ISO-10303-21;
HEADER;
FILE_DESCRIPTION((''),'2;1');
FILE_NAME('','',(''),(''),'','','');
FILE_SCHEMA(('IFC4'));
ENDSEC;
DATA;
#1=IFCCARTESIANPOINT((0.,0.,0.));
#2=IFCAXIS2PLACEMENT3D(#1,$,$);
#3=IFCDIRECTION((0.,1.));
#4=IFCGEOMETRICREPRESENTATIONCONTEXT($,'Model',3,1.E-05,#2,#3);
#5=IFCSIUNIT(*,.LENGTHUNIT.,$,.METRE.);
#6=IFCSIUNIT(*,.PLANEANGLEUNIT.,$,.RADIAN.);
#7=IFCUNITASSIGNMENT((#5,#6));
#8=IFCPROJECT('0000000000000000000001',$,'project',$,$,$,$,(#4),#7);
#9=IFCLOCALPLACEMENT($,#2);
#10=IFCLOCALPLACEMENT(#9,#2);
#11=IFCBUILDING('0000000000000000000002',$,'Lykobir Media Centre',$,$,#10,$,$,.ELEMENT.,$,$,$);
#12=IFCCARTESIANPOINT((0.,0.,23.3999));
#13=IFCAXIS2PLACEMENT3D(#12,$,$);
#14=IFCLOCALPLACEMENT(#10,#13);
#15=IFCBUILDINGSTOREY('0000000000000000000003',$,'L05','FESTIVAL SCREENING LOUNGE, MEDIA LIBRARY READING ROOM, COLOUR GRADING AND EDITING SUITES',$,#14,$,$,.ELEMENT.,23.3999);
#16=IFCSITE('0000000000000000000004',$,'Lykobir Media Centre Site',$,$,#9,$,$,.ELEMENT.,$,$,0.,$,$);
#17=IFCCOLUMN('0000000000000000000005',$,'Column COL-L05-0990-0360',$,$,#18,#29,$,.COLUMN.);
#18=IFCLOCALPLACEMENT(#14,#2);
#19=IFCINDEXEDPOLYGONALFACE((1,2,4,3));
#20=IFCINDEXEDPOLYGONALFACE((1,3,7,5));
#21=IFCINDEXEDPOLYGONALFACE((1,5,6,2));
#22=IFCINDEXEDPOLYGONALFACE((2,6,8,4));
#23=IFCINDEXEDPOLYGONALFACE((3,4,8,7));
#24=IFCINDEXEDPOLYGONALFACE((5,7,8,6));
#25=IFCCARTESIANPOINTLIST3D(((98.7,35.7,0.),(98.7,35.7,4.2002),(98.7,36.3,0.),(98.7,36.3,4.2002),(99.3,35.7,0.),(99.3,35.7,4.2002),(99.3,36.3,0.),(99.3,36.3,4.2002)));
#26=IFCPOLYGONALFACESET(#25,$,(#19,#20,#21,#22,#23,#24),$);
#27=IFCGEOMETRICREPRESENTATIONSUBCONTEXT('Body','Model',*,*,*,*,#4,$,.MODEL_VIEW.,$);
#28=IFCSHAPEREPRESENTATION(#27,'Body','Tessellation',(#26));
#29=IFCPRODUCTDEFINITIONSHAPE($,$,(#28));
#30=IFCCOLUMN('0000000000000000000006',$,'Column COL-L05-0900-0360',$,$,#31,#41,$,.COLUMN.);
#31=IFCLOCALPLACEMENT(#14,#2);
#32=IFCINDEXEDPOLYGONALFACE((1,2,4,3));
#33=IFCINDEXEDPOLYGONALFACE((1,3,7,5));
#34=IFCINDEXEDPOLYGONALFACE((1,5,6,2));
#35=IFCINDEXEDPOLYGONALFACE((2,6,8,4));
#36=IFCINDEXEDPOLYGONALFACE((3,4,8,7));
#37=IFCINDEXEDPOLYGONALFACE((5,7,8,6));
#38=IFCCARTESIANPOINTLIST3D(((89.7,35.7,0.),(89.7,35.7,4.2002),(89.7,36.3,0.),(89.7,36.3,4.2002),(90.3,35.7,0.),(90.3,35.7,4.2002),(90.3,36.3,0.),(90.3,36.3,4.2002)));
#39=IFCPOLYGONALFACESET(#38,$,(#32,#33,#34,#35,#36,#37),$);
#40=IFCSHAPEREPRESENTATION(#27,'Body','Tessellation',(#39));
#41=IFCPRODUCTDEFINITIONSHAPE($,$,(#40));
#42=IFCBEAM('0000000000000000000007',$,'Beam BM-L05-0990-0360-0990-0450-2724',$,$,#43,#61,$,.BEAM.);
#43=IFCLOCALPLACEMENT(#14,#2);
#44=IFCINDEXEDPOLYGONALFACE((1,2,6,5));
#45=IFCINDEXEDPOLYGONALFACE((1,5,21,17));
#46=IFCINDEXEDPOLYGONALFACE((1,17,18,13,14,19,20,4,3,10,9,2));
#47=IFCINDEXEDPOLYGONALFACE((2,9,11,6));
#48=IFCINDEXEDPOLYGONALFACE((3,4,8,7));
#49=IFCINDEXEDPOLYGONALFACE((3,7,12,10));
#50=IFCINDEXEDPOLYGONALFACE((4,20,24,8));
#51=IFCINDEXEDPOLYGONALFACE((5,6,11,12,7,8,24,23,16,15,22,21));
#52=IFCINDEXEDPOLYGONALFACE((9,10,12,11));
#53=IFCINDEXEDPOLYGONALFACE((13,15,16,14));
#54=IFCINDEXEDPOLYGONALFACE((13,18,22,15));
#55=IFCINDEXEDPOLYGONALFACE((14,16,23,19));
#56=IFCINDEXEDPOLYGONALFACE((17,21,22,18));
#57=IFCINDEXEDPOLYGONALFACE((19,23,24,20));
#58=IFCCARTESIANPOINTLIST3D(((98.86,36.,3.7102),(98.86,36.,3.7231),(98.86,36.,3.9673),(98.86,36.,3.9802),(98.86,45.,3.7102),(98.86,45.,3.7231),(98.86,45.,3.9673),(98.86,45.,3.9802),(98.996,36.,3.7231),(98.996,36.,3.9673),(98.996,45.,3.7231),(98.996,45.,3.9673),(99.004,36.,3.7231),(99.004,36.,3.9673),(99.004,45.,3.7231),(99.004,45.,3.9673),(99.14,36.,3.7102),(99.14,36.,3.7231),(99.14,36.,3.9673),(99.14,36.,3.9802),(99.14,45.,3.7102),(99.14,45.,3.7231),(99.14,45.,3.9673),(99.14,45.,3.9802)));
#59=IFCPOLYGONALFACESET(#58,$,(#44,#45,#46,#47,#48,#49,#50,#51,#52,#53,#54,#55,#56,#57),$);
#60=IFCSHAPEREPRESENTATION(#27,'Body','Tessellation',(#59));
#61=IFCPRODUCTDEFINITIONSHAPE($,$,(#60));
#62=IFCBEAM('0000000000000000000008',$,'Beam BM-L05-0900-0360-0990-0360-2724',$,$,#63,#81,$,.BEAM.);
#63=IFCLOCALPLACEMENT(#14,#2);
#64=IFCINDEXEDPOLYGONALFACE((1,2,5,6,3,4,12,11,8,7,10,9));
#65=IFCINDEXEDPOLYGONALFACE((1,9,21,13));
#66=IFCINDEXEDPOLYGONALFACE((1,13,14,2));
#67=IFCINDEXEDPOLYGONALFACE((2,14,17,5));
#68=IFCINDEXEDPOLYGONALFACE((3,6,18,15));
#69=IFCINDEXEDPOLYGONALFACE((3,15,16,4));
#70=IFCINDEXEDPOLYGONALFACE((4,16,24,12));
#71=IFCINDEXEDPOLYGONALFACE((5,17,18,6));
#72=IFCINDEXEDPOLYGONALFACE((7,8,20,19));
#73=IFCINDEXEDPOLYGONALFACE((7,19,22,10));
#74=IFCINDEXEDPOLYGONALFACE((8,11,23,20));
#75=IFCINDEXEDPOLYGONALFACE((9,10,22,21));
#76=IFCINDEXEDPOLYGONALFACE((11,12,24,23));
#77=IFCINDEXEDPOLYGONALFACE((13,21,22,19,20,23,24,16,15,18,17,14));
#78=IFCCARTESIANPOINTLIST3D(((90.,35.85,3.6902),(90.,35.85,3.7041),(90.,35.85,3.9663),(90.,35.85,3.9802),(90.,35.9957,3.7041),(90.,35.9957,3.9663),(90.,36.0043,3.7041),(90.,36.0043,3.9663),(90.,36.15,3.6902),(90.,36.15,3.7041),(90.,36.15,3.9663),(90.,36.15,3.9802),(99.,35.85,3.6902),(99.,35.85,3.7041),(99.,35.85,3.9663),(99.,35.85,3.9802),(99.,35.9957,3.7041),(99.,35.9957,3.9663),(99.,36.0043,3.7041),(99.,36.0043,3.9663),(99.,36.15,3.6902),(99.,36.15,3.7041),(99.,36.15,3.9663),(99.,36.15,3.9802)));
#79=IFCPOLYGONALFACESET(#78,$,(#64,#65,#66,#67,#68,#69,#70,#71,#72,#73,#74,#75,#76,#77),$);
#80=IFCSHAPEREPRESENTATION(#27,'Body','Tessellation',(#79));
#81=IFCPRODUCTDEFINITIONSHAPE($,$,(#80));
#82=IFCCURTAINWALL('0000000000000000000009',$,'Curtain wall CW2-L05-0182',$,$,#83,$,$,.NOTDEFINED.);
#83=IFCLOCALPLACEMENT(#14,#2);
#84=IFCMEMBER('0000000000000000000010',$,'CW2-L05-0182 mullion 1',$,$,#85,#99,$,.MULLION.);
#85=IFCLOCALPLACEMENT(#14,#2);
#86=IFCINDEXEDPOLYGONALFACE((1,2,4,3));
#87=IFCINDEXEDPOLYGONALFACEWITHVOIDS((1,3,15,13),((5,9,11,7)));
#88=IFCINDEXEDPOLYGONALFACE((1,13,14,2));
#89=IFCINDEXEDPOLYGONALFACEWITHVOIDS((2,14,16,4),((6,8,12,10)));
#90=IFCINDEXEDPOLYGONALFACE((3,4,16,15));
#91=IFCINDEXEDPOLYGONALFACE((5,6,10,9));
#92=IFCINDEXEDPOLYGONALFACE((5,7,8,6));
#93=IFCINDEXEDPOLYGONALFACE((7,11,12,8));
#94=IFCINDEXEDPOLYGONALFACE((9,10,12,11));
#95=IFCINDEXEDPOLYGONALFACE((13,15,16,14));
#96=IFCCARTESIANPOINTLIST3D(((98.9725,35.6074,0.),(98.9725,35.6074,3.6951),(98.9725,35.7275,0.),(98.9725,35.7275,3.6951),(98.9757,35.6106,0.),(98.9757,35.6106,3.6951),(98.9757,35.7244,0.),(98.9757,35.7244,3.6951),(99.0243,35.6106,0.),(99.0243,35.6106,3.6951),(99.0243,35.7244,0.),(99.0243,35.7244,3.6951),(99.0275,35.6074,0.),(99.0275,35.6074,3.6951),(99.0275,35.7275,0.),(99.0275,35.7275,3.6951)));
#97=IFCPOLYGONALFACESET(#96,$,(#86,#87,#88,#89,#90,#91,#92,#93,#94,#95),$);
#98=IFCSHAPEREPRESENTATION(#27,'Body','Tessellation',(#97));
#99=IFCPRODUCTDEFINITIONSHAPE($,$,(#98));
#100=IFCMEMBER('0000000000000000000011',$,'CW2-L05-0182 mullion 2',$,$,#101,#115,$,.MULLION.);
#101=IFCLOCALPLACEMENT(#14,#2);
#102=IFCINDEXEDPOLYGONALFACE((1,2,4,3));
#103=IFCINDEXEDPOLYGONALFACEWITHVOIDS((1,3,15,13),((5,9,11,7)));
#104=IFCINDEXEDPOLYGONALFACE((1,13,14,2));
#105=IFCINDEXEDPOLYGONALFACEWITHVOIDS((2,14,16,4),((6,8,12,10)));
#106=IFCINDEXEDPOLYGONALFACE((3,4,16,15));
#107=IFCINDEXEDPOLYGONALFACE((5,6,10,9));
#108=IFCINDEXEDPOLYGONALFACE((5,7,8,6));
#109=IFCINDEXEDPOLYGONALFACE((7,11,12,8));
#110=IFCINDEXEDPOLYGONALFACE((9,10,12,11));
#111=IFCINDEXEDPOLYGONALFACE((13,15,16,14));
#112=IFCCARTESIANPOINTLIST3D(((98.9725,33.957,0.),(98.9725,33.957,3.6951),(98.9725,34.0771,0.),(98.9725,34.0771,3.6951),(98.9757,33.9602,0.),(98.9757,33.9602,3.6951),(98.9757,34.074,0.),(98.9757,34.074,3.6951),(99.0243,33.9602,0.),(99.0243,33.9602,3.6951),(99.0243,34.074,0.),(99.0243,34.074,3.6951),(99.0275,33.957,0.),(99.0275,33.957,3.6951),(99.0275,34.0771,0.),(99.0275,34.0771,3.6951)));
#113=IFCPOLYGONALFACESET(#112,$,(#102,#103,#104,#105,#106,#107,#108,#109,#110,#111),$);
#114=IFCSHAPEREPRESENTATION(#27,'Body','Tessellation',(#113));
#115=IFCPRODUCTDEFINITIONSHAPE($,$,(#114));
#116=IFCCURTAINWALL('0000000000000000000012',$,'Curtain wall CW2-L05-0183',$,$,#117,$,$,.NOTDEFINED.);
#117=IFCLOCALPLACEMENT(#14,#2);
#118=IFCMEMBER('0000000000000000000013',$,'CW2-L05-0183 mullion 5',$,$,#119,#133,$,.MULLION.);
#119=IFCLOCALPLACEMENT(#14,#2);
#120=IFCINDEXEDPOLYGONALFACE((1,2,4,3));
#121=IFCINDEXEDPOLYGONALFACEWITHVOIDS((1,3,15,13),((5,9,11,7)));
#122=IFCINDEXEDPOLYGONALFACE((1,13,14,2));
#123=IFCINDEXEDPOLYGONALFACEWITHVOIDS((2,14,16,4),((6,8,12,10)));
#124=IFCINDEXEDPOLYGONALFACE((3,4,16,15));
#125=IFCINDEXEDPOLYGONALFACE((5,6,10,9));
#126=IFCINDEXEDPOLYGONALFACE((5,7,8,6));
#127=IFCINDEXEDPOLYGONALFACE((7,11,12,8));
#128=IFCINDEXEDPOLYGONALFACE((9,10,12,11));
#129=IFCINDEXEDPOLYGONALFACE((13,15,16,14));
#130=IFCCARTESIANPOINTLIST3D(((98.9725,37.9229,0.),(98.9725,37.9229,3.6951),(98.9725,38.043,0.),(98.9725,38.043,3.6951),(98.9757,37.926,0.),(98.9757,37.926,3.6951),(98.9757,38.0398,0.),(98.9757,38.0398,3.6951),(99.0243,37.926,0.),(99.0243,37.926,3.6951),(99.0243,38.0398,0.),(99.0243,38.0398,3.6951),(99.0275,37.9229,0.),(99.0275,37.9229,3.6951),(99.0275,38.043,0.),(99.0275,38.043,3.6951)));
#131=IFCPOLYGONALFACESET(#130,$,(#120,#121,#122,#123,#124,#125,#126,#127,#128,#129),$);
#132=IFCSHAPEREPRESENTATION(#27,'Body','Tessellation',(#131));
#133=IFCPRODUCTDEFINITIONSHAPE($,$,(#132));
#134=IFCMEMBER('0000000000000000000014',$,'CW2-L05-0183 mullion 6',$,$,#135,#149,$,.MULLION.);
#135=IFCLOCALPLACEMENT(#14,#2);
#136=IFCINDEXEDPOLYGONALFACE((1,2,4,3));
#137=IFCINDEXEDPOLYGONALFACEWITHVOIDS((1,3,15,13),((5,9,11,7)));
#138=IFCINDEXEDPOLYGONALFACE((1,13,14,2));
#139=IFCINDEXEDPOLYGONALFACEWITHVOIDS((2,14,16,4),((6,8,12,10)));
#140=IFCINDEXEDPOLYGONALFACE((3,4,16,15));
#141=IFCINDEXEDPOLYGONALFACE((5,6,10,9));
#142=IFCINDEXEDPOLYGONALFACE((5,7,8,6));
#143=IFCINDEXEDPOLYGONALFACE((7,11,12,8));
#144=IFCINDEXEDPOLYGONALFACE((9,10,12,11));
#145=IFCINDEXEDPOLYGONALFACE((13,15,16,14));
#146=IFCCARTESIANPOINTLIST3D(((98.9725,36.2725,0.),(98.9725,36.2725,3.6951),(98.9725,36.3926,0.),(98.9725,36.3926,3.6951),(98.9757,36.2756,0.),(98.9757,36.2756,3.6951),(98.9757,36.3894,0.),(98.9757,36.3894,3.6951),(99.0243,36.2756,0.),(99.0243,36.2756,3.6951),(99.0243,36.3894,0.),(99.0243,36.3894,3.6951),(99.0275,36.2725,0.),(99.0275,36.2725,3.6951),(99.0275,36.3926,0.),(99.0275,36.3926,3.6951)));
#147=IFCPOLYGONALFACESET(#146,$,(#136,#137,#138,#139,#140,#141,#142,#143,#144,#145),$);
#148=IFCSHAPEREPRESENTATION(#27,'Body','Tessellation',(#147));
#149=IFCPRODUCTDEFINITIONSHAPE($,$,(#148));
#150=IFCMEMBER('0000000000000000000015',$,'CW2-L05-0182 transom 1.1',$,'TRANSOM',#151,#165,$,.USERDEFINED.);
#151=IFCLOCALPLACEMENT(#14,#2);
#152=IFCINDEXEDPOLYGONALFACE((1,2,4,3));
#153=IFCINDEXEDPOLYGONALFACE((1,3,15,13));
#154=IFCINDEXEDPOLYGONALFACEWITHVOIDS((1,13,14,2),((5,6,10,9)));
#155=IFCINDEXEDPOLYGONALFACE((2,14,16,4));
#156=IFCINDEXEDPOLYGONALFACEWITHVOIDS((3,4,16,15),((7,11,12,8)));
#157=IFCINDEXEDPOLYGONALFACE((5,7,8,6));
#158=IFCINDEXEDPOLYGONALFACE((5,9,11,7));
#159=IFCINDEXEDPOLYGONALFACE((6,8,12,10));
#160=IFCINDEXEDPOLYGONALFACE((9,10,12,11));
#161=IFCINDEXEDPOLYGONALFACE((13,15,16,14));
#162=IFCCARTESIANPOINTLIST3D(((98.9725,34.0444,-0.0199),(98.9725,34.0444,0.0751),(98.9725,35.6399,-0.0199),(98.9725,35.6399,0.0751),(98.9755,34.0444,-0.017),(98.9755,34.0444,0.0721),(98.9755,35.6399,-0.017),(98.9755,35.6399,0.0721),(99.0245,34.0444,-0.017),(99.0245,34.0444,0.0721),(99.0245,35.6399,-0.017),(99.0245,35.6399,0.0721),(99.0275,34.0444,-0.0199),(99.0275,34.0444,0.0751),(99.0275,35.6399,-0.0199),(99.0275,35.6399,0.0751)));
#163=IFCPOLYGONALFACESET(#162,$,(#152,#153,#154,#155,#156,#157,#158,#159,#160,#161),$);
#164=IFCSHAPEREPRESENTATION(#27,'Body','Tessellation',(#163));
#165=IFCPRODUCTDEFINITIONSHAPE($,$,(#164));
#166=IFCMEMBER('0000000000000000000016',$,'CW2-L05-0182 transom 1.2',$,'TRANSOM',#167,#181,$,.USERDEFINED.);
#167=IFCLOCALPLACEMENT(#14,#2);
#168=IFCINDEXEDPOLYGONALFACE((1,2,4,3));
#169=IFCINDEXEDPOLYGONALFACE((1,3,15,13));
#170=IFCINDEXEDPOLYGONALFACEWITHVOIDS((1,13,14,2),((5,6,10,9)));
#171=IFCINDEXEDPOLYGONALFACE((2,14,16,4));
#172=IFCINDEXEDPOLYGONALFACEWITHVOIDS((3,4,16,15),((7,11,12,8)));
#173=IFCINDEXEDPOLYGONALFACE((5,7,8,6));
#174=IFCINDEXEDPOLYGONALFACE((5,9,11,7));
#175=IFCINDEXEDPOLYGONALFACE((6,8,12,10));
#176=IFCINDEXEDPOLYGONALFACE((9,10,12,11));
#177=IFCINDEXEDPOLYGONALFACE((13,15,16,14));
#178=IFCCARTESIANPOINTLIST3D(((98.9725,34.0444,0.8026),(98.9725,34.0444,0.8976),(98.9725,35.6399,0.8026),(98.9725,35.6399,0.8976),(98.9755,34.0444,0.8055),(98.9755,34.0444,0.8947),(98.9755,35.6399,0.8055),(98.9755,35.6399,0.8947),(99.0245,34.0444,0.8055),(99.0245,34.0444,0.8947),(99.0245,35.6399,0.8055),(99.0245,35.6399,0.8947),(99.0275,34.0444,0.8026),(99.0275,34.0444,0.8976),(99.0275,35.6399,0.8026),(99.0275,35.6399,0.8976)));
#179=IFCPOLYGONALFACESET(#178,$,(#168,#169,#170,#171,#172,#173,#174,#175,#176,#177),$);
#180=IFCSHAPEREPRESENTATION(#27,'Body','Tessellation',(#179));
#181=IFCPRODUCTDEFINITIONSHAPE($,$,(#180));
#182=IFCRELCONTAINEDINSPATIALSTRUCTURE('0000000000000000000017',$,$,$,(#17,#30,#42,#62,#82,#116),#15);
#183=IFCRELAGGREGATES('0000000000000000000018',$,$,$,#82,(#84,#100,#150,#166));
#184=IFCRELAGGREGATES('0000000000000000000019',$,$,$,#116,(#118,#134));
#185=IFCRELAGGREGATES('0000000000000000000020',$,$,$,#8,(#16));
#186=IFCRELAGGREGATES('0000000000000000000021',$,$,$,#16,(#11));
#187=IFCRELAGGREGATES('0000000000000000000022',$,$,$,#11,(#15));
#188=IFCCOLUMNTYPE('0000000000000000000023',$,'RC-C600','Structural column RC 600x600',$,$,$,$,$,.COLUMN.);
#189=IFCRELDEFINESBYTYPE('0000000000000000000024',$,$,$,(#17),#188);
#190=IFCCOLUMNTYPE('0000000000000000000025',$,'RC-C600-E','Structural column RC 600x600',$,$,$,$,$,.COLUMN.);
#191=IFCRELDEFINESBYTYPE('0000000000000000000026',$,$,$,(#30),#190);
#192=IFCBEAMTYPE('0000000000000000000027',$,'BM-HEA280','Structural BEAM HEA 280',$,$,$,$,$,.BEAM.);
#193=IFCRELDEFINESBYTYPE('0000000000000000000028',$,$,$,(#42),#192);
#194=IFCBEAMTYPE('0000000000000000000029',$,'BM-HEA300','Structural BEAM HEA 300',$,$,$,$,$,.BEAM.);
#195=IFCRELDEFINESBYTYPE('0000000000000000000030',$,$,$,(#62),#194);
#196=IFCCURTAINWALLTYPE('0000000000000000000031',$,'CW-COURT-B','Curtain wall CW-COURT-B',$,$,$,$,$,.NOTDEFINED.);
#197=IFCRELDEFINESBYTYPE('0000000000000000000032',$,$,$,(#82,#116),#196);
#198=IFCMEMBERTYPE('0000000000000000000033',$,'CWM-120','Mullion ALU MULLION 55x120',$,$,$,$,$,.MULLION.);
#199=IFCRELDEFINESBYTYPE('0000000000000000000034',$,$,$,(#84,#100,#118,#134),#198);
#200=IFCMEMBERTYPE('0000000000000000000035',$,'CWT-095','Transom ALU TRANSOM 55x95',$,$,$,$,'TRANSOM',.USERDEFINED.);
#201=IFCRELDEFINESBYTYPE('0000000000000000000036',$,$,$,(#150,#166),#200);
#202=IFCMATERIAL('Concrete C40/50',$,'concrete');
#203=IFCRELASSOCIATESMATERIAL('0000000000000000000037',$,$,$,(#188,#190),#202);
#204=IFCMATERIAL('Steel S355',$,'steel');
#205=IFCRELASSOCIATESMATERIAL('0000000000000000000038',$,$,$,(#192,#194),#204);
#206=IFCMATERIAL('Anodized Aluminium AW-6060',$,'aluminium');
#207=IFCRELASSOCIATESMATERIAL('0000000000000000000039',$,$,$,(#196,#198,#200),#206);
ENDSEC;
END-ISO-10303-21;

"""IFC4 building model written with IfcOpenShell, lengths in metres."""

from ifc_helpers import new_model, si_unit, direction, frame, origin, origin_2d, place, context, subcontext, project, spatial, rectangle, hollow_rectangle, i_section, extrude, material, material_profile, profile_set, type_object, element, aggregate, save


model = new_model("IFC4")

# Units and contexts
model_context = context("Model", 3, precision=1e-05, world=origin(), true_north=direction((0.0, 1.0)))
body_context = subcontext(model_context, "Body", "Model", "MODEL_VIEW")
ifc_project = project(units=[si_unit("LENGTHUNIT", "METRE"), si_unit("PLANEANGLEUNIT", "RADIAN")], contexts=[model_context])

# Site, building, storey
site_placement = place(None, origin())
site = spatial("IfcSite", under=ifc_project, at=site_placement, Name="Lykobir Media Centre Site", CompositionType="ELEMENT", RefElevation=0.0)
building_placement = place(site_placement, origin())
building = spatial("IfcBuilding", under=site, at=building_placement, Name="Lykobir Media Centre", CompositionType="ELEMENT")
storey_placement = place(building_placement, frame((0.0, 0.0, 23.3999)))
storey = spatial("IfcBuildingStorey", under=building, at=storey_placement, Name="L05", Description="FESTIVAL SCREENING LOUNGE, MEDIA LIBRARY READING ROOM, COLOUR GRADING AND EDITING SUITES", CompositionType="ELEMENT", Elevation=23.3999)

# Columns
ifc_material_1 = material(Name="Concrete C40/50", Category="concrete")
ifc_material_profile_1 = material_profile(ifc_material_1, rectangle(XDim=0.6001, YDim=0.6001, at=origin_2d()), Name="RC 600x600")
ifc_profile_set_1 = profile_set([ifc_material_profile_1], Name="Concrete C40/50")
column_type_1 = type_object("IfcColumnType", Name="RC-C600", Description="Structural column RC 600x600", PredefinedType="COLUMN", material=ifc_profile_set_1)
column_1_placement = place(storey_placement, frame((99.0, 36.0, 0.0), z_axis=(0.0, 0.0, 1.0), x_axis=(1.0, 0.0, 0.0)))
element("IfcColumn", 1, at=column_1_placement, inside=storey, type_object=column_type_1, Name="Column COL-L05-0990-0360", PredefinedType="COLUMN", context=body_context, shape_type="SweptSolid", body=[
    extrude(rectangle(XDim=0.6001, YDim=0.6001, at=origin_2d()), origin(), (0.0, 0.0, 1.0), 4.2002),
])
ifc_material_profile_2 = material_profile(ifc_material_1, rectangle(XDim=0.6001, YDim=0.6001, at=origin_2d()), Name="RC 600x600")
ifc_profile_set_2 = profile_set([ifc_material_profile_2], Name="Concrete C40/50")
column_type_2 = type_object("IfcColumnType", Name="RC-C600-E", Description="Structural column RC 600x600", PredefinedType="COLUMN", material=ifc_profile_set_2)
column_2_placement = place(storey_placement, frame((90.0, 36.0, 0.0), z_axis=(0.0, 0.0, 1.0), x_axis=(1.0, 0.0, 0.0)))
element("IfcColumn", 2, at=column_2_placement, inside=storey, type_object=column_type_2, Name="Column COL-L05-0900-0360", PredefinedType="COLUMN", context=body_context, shape_type="SweptSolid", body=[
    extrude(rectangle(XDim=0.6001, YDim=0.6001, at=origin_2d()), origin(), (0.0, 0.0, 1.0), 4.2002),
])

# Beams
ifc_material_2 = material(Name="Steel S355", Category="steel")
ifc_material_profile_3 = material_profile(ifc_material_2, i_section(OverallWidth=0.28, OverallDepth=0.27, WebThickness=0.0081, FlangeThickness=0.0129, at=origin_2d()), Name="HEA 280")
ifc_profile_set_3 = profile_set([ifc_material_profile_3], Name="Steel S355")
beam_type_1 = type_object("IfcBeamType", Name="BM-HEA280", Description="Structural BEAM HEA 280", PredefinedType="BEAM", material=ifc_profile_set_3)
beam_1_placement = place(storey_placement, frame((99.0, 36.0, 3.8452), z_axis=(0.0, 1.0, 0.0), x_axis=(-1.0, 0.0, 0.0)))
element("IfcBeam", 3, at=beam_1_placement, inside=storey, type_object=beam_type_1, Name="Beam BM-L05-0990-0360-0990-0450-2724", PredefinedType="BEAM", context=body_context, shape_type="SweptSolid", body=[
    extrude(i_section(OverallWidth=0.28, OverallDepth=0.27, WebThickness=0.0081, FlangeThickness=0.0129, at=origin_2d()), origin(), (0.0, 0.0, 1.0), 9.0),
])
ifc_material_profile_4 = material_profile(ifc_material_2, i_section(OverallWidth=0.3, OverallDepth=0.29, WebThickness=0.0085, FlangeThickness=0.0139, at=origin_2d()), Name="HEA 300")
ifc_profile_set_4 = profile_set([ifc_material_profile_4], Name="Steel S355")
beam_type_2 = type_object("IfcBeamType", Name="BM-HEA300", Description="Structural BEAM HEA 300", PredefinedType="BEAM", material=ifc_profile_set_4)
beam_2_placement = place(storey_placement, frame((90.0, 36.0, 3.8352), z_axis=(1.0, 0.0, 0.0), x_axis=(0.0, 1.0, 0.0)))
element("IfcBeam", 4, at=beam_2_placement, inside=storey, type_object=beam_type_2, Name="Beam BM-L05-0900-0360-0990-0360-2724", PredefinedType="BEAM", context=body_context, shape_type="SweptSolid", body=[
    extrude(i_section(OverallWidth=0.3, OverallDepth=0.29, WebThickness=0.0085, FlangeThickness=0.0139, at=origin_2d()), origin(), (0.0, 0.0, 1.0), 9.0),
])

# Curtain walls, members
ifc_material_3 = material(Name="Anodized Aluminium AW-6060", Category="aluminium")
curtain_wall_type = type_object("IfcCurtainWallType", Name="CW-COURT-B", Description="Curtain wall CW-COURT-B", PredefinedType="NOTDEFINED", material=ifc_material_3)
curtain_wall_1_placement = place(storey_placement, origin())
curtain_wall_1 = element("IfcCurtainWall", 5, at=curtain_wall_1_placement, inside=storey, type_object=curtain_wall_type, Name="Curtain wall CW2-L05-0182", PredefinedType="NOTDEFINED")
ifc_material_profile_5 = material_profile(ifc_material_3, hollow_rectangle(XDim=0.0549, YDim=0.1201, WallThickness=0.0032, at=origin_2d()), Name="ALU MULLION 55x120")
ifc_profile_set_5 = profile_set([ifc_material_profile_5], Name="Anodized Aluminium AW-6060")
member_type_1 = type_object("IfcMemberType", Name="CWM-120", Description="Mullion ALU MULLION 55x120", PredefinedType="MULLION", material=ifc_profile_set_5)
member_1_placement = place(storey_placement, frame((99.0, 35.6675, 0.0), z_axis=(0.0, 0.0, 1.0), x_axis=(1.0, 0.0, 0.0)))
member_1 = element("IfcMember", 6, at=member_1_placement, type_object=member_type_1, Name="CW2-L05-0182 mullion 1", PredefinedType="MULLION", context=body_context, shape_type="SweptSolid", body=[
    extrude(hollow_rectangle(XDim=0.0549, YDim=0.1201, WallThickness=0.0032, at=origin_2d()), origin(), (0.0, 0.0, 1.0), 3.6951),
])
member_2_placement = place(storey_placement, frame((99.0, 34.0171, 0.0), z_axis=(0.0, 0.0, 1.0), x_axis=(1.0, 0.0, 0.0)))
member_2 = element("IfcMember", 7, at=member_2_placement, type_object=member_type_1, Name="CW2-L05-0182 mullion 2", PredefinedType="MULLION", context=body_context, shape_type="SweptSolid", body=[
    extrude(hollow_rectangle(XDim=0.0549, YDim=0.1201, WallThickness=0.0032, at=origin_2d()), origin(), (0.0, 0.0, 1.0), 3.6951),
])
curtain_wall_2_placement = place(storey_placement, origin())
curtain_wall_2 = element("IfcCurtainWall", 8, at=curtain_wall_2_placement, inside=storey, type_object=curtain_wall_type, Name="Curtain wall CW2-L05-0183", PredefinedType="NOTDEFINED")
member_3_placement = place(storey_placement, frame((99.0, 37.9829, 0.0), z_axis=(0.0, 0.0, 1.0), x_axis=(1.0, 0.0, 0.0)))
member_3 = element("IfcMember", 9, at=member_3_placement, type_object=member_type_1, Name="CW2-L05-0183 mullion 5", PredefinedType="MULLION", context=body_context, shape_type="SweptSolid", body=[
    extrude(hollow_rectangle(XDim=0.0549, YDim=0.1201, WallThickness=0.0032, at=origin_2d()), origin(), (0.0, 0.0, 1.0), 3.6951),
])
member_4_placement = place(storey_placement, frame((99.0, 36.3325, 0.0), z_axis=(0.0, 0.0, 1.0), x_axis=(1.0, 0.0, 0.0)))
member_4 = element("IfcMember", 10, at=member_4_placement, type_object=member_type_1, Name="CW2-L05-0183 mullion 6", PredefinedType="MULLION", context=body_context, shape_type="SweptSolid", body=[
    extrude(hollow_rectangle(XDim=0.0549, YDim=0.1201, WallThickness=0.0032, at=origin_2d()), origin(), (0.0, 0.0, 1.0), 3.6951),
])

# Members
ifc_material_profile_6 = material_profile(ifc_material_3, hollow_rectangle(XDim=0.0549, YDim=0.095, WallThickness=0.0029, at=origin_2d()), Name="ALU TRANSOM 55x95")
ifc_profile_set_6 = profile_set([ifc_material_profile_6], Name="Anodized Aluminium AW-6060")
member_type_2 = type_object("IfcMemberType", Name="CWT-095", Description="Transom ALU TRANSOM 55x95", ElementType="TRANSOM", PredefinedType="USERDEFINED", material=ifc_profile_set_6)
member_5_placement = place(storey_placement, frame((99.0, 35.6399, 0.0276), z_axis=(0.0, -1.0, 0.0), x_axis=(1.0, 0.0, 0.0)))
member_5 = element("IfcMember", 11, at=member_5_placement, type_object=member_type_2, Name="CW2-L05-0182 transom 1.1", ObjectType="TRANSOM", PredefinedType="USERDEFINED", context=body_context, shape_type="SweptSolid", body=[
    extrude(hollow_rectangle(XDim=0.0549, YDim=0.095, WallThickness=0.0029, at=origin_2d()), origin(), (0.0, 0.0, 1.0), 1.5955),
])
member_6_placement = place(storey_placement, frame((99.0, 35.6399, 0.8501), z_axis=(0.0, -1.0, 0.0), x_axis=(1.0, 0.0, 0.0)))
member_6 = element("IfcMember", 12, at=member_6_placement, type_object=member_type_2, Name="CW2-L05-0182 transom 1.2", ObjectType="TRANSOM", PredefinedType="USERDEFINED", context=body_context, shape_type="SweptSolid", body=[
    extrude(hollow_rectangle(XDim=0.0549, YDim=0.095, WallThickness=0.0029, at=origin_2d()), origin(), (0.0, 0.0, 1.0), 1.5955),
])

aggregate(curtain_wall_1, [member_1, member_2, member_5, member_6])
aggregate(curtain_wall_2, [member_3, member_4])

save(model, "model.ifc")
